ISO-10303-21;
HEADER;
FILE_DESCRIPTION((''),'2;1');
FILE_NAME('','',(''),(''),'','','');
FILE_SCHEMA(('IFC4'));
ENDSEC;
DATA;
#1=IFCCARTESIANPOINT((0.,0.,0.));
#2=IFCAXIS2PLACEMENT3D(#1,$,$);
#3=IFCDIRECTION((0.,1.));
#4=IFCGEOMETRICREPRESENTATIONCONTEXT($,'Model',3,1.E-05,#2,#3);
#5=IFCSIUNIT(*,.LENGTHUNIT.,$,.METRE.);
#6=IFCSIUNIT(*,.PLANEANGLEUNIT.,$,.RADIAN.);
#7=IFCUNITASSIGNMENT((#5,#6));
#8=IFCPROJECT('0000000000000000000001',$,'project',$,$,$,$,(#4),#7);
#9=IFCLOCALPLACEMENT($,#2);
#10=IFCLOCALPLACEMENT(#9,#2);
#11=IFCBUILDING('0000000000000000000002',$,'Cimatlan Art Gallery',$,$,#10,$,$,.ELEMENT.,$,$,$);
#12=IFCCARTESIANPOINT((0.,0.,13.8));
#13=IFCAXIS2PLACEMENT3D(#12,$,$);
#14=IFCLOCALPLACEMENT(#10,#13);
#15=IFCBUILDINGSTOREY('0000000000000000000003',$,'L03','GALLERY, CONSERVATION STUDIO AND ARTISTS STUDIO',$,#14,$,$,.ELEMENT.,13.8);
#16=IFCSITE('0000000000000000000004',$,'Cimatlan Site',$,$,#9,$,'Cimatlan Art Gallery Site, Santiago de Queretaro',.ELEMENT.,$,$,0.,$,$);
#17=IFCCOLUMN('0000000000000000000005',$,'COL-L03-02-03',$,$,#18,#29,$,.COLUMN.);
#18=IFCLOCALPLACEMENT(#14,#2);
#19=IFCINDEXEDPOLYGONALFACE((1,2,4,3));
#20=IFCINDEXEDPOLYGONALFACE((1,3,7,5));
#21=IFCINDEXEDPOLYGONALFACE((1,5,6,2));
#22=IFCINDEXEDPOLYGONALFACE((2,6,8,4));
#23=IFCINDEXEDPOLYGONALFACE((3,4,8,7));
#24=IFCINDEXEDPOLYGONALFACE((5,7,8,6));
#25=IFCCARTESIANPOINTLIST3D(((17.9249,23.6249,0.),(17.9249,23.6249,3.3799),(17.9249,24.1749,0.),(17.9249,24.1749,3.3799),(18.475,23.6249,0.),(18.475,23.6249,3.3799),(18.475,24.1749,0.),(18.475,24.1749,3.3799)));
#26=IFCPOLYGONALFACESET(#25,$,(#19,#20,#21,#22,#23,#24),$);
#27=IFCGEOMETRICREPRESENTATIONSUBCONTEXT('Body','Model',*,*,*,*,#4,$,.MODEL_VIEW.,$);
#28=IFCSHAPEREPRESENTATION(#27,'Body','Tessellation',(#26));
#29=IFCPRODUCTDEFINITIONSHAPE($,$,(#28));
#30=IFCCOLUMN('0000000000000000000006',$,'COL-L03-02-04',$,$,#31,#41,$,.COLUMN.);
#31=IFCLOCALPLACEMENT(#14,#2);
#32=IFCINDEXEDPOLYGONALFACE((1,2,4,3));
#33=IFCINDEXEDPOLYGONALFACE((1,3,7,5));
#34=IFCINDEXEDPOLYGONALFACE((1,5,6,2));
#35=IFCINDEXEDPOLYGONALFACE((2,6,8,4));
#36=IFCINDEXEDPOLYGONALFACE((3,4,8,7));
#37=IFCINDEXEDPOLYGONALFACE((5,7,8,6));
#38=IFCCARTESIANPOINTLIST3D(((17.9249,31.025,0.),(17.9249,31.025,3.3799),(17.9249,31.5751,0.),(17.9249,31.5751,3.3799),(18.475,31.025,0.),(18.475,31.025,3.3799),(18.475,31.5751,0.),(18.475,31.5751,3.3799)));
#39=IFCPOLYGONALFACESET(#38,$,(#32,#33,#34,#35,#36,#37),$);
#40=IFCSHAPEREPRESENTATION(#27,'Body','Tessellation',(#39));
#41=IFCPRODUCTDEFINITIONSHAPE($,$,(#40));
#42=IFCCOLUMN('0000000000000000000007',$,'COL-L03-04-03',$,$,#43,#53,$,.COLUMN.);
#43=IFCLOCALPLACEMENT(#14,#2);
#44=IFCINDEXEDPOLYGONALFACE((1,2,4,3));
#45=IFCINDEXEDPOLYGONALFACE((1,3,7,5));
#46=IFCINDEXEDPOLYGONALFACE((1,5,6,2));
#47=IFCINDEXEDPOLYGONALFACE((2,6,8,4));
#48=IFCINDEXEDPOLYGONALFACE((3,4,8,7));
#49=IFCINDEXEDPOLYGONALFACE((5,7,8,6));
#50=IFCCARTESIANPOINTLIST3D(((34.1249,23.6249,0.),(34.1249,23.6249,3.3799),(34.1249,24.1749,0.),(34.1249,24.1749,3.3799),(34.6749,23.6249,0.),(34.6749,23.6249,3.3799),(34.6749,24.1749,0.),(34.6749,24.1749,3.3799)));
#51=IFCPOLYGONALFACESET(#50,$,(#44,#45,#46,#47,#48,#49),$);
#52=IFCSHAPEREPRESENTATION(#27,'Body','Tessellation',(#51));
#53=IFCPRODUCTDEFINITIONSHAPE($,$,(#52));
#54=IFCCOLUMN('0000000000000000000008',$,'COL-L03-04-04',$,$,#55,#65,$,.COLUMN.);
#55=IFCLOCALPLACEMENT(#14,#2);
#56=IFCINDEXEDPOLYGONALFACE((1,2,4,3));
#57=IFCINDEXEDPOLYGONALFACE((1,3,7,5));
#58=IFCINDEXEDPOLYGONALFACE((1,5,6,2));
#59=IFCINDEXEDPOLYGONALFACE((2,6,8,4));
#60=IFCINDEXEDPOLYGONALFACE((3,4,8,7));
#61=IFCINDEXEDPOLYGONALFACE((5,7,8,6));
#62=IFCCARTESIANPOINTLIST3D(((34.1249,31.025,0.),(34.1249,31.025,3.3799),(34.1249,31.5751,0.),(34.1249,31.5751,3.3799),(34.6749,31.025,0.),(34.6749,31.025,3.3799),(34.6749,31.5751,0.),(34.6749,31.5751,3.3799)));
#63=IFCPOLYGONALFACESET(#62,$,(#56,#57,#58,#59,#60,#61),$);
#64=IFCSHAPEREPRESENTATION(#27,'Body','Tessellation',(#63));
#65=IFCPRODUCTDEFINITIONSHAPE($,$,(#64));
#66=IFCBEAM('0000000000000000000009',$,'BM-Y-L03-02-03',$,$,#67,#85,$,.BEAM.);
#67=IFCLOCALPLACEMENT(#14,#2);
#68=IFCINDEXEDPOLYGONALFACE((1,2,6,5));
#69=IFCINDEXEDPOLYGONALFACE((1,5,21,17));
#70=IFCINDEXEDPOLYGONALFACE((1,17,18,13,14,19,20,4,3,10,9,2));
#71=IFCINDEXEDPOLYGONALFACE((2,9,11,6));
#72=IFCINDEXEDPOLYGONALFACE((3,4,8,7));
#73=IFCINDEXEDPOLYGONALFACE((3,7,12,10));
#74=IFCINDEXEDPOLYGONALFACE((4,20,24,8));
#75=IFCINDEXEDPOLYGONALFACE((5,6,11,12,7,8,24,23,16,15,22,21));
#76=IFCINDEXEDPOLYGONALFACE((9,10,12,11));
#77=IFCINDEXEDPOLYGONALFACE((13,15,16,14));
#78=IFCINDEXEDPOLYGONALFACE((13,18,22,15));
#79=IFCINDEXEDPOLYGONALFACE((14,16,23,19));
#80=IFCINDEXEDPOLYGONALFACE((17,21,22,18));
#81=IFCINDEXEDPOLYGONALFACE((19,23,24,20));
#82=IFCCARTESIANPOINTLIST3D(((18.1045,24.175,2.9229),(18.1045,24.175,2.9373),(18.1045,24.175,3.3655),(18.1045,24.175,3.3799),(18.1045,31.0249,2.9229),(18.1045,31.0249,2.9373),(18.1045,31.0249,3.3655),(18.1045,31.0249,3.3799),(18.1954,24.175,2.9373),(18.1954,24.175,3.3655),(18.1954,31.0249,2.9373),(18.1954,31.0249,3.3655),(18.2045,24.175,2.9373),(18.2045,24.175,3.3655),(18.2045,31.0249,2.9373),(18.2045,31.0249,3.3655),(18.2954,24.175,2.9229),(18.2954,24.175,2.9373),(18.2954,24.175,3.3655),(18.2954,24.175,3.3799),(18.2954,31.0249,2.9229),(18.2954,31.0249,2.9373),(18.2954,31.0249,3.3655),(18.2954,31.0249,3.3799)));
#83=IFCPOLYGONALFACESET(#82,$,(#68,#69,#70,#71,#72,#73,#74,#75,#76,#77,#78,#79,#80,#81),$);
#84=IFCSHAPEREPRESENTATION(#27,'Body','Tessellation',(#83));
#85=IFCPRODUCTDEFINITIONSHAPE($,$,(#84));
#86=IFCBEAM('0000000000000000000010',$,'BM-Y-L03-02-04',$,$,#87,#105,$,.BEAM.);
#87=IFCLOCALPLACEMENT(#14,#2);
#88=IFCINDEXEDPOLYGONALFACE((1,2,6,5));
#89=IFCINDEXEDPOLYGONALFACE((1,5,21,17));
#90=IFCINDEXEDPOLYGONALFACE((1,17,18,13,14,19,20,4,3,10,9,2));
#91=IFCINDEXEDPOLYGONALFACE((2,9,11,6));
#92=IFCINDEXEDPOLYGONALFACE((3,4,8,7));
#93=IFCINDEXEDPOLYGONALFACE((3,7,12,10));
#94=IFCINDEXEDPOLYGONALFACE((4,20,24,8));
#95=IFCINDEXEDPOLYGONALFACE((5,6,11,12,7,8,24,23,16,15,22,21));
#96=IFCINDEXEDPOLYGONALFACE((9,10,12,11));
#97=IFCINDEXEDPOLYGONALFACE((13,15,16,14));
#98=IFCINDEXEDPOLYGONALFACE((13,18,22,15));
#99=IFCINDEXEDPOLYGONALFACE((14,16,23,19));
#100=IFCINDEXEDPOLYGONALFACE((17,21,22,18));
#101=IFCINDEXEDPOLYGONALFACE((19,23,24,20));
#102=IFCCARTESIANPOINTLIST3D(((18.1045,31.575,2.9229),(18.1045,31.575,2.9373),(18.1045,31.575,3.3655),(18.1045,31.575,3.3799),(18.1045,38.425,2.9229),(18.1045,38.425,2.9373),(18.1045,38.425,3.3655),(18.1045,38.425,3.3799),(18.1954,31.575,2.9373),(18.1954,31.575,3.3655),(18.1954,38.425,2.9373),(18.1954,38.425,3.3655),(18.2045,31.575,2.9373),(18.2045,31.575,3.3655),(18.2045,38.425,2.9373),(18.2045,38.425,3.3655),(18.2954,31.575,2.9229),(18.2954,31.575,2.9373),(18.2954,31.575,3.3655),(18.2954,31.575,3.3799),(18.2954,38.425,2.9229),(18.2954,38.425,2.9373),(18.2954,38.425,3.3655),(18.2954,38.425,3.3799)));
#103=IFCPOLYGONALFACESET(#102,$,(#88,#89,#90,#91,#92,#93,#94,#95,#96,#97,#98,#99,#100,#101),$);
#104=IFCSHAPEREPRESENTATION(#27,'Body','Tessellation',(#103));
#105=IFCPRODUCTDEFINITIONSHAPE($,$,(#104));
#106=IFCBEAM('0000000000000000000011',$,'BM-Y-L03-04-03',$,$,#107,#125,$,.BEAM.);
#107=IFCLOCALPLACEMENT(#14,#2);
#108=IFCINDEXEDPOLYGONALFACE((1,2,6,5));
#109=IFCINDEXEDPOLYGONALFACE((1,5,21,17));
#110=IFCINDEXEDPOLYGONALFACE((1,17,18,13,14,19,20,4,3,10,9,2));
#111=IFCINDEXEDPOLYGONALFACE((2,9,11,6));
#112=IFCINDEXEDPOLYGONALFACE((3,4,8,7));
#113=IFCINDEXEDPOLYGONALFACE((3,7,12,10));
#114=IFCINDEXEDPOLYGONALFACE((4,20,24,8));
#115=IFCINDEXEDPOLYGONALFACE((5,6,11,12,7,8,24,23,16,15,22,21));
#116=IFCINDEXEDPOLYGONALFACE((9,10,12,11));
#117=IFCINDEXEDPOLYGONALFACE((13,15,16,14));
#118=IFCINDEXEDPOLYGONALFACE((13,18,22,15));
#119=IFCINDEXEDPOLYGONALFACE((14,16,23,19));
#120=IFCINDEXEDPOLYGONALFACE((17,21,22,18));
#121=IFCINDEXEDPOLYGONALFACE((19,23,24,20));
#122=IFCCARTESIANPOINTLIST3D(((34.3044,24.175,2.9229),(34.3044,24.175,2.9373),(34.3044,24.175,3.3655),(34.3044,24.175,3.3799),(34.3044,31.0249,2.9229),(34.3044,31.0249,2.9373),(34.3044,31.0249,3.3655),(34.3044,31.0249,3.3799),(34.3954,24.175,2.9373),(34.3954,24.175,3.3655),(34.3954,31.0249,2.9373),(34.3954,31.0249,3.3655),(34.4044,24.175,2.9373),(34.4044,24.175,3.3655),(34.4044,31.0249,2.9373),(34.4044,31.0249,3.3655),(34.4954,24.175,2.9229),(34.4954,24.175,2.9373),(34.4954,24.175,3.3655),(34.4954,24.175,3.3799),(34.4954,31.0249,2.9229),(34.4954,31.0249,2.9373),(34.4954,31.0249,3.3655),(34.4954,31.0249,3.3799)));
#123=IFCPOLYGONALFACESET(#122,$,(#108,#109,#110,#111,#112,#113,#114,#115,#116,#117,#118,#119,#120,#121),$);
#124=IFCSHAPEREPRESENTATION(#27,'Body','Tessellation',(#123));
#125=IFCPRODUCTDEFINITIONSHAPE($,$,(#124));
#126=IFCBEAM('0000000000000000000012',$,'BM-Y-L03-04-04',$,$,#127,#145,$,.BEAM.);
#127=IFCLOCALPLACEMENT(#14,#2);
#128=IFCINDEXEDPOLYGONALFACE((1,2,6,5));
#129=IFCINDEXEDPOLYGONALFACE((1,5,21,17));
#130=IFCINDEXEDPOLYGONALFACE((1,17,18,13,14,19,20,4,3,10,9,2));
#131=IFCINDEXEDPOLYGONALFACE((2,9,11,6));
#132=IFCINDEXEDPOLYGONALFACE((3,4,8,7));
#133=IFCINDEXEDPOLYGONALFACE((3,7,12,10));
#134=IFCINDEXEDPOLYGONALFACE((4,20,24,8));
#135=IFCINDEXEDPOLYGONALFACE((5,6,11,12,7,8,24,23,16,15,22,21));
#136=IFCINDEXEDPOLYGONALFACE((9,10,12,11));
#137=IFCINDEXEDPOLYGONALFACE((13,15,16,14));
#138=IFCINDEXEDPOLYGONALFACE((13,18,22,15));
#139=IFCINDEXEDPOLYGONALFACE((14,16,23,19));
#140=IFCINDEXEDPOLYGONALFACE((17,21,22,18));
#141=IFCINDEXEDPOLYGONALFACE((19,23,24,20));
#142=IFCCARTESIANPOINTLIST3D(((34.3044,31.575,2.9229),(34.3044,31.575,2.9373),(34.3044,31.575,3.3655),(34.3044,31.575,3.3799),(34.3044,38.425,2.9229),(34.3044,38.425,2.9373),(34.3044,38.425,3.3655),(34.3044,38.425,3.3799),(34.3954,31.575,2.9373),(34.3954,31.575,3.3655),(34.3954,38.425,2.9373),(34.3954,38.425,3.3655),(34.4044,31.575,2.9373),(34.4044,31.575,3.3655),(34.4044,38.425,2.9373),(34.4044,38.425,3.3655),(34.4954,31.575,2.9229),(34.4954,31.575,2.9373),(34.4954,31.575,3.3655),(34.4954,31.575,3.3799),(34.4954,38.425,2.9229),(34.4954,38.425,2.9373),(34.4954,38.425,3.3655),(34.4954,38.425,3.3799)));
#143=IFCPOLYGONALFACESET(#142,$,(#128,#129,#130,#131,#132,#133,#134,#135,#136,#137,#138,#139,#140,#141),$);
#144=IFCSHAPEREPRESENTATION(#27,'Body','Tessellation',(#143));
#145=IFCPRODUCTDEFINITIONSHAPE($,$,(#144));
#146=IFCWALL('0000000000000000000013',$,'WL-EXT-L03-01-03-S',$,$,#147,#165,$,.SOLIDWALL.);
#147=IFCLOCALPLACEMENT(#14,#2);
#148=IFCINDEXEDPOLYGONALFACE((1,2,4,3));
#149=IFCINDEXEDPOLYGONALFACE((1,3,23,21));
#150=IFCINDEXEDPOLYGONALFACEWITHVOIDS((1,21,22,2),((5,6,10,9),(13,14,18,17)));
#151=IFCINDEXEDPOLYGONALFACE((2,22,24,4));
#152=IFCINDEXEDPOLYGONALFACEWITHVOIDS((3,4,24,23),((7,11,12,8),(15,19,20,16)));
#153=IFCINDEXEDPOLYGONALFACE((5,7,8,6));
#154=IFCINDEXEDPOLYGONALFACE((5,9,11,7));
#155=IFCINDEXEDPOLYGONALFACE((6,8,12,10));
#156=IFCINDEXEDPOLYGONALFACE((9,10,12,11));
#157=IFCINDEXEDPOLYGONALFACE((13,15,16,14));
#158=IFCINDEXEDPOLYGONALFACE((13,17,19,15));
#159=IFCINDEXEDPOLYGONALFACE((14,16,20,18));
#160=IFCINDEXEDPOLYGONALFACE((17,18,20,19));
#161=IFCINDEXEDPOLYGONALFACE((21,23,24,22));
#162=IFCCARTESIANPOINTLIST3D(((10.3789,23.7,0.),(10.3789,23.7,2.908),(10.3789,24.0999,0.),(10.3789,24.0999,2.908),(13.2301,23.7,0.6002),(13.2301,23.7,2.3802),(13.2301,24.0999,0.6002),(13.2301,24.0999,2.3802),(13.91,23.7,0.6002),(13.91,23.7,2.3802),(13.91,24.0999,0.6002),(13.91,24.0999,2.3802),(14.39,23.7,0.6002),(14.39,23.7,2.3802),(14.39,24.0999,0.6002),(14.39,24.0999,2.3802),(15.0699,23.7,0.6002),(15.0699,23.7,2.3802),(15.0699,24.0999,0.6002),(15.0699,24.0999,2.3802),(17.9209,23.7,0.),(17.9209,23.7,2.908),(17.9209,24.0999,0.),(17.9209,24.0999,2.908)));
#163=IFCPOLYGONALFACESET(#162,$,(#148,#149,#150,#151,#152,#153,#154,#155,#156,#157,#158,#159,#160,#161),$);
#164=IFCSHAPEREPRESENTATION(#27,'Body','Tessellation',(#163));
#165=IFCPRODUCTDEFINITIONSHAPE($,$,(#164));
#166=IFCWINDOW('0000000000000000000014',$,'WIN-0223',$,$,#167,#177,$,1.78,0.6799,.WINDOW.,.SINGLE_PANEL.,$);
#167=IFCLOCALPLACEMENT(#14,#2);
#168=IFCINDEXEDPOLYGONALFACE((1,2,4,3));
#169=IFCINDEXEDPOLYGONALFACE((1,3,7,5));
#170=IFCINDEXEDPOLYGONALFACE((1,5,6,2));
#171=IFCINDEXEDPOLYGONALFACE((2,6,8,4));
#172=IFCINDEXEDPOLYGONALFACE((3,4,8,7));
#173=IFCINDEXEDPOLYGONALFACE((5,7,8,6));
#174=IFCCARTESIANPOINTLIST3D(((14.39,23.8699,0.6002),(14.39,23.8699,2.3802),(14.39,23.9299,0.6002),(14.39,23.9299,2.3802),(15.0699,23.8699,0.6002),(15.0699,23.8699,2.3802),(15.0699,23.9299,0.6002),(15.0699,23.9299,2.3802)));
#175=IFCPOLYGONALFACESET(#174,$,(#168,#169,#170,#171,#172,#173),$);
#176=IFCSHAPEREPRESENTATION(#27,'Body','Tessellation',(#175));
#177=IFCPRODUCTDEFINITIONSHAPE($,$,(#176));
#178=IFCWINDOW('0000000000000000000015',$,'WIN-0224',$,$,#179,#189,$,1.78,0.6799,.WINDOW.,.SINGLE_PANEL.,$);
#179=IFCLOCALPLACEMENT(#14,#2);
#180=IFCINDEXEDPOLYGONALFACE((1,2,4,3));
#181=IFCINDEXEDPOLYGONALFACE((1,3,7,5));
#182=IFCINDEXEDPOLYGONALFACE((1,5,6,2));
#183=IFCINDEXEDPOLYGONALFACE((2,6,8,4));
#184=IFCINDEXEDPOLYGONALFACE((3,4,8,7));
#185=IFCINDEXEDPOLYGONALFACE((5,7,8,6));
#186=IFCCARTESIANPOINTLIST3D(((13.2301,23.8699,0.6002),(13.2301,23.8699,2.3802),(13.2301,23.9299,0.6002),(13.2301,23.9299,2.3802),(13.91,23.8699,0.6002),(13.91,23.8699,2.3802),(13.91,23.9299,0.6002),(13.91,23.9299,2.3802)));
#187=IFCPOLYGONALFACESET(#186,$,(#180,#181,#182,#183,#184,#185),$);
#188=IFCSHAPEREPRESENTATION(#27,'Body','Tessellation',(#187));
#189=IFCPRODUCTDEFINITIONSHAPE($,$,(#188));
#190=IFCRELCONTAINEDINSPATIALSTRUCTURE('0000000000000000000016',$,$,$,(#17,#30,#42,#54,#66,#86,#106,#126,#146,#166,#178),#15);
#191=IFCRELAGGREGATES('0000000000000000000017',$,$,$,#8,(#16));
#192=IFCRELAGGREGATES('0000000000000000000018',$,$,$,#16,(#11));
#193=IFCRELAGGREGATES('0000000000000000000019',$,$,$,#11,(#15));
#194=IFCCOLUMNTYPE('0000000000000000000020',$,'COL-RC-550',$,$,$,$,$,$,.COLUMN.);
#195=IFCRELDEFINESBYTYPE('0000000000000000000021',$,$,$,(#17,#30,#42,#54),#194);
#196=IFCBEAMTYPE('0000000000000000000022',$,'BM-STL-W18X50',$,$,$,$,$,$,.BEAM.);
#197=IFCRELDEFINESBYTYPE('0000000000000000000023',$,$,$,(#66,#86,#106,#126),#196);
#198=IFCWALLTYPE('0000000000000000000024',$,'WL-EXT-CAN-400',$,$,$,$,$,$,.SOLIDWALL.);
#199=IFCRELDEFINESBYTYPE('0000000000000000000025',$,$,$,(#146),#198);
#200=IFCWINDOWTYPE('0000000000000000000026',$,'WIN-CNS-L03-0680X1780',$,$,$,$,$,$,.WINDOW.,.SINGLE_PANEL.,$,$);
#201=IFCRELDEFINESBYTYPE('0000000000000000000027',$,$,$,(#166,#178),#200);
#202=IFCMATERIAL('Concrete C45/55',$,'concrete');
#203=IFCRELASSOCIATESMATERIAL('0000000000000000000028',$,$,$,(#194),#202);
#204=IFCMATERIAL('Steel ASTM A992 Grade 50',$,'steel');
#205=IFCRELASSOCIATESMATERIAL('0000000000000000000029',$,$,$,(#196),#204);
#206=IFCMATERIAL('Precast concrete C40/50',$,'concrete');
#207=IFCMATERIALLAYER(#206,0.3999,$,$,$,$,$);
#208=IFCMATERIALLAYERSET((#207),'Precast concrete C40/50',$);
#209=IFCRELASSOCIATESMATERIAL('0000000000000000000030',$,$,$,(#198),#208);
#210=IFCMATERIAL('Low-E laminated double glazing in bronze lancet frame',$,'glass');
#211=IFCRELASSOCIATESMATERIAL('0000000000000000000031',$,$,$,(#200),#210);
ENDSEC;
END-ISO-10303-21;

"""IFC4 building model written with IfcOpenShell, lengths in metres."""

from ifc_helpers import new_model, si_unit, direction, frame, frame_2d, origin, origin_2d, place, context, subcontext, project, spatial, rectangle, i_section, extrude, material, layer, layer_set, material_profile, profile_set, type_object, element, fill, save


model = new_model("IFC4")

# Units and contexts
model_context = context("Model", 3, precision=1e-05, world=origin(), true_north=direction((0.0, 1.0)))
body_context = subcontext(model_context, "Body", "Model", "MODEL_VIEW")
ifc_project = project(units=[si_unit("LENGTHUNIT", "METRE"), si_unit("PLANEANGLEUNIT", "RADIAN")], contexts=[model_context])

# Site, building, storey
site_placement = place(None, origin())
site = spatial("IfcSite", under=ifc_project, at=site_placement, Name="Cimatlan Site", LongName="Cimatlan Art Gallery Site, Santiago de Queretaro", CompositionType="ELEMENT", RefElevation=0.0)
building_placement = place(site_placement, origin())
building = spatial("IfcBuilding", under=site, at=building_placement, Name="Cimatlan Art Gallery", CompositionType="ELEMENT")
storey_placement = place(building_placement, frame((0.0, 0.0, 13.8)))
storey = spatial("IfcBuildingStorey", under=building, at=storey_placement, Name="L03", Description="GALLERY, CONSERVATION STUDIO AND ARTISTS STUDIO", CompositionType="ELEMENT", Elevation=13.8)

# Columns
ifc_material_1 = material(Name="Concrete C45/55", Category="concrete")
ifc_material_profile_1 = material_profile(ifc_material_1, rectangle(XDim=0.55, YDim=0.55, at=origin_2d()), Name="RC550X550")
ifc_profile_set_1 = profile_set([ifc_material_profile_1], Name="Concrete C45/55")
column_type = type_object("IfcColumnType", Name="COL-RC-550", PredefinedType="COLUMN", material=ifc_profile_set_1)
for number, where, z_axis, x_axis, name in (
    (1, (18.2, 23.8999, 0.0), (0.0, 0.0, 1.0), (1.0, 0.0, 0.0), "COL-L03-02-03"),
    (2, (18.2, 31.3, 0.0), (0.0, 0.0, 1.0), (1.0, 0.0, 0.0), "COL-L03-02-04"),
    (3, (34.3999, 23.8999, 0.0), (0.0, 0.0, 1.0), (1.0, 0.0, 0.0), "COL-L03-04-03"),
    (4, (34.3999, 31.3, 0.0), (0.0, 0.0, 1.0), (1.0, 0.0, 0.0), "COL-L03-04-04"),
):
    element("IfcColumn", number, at=place(storey_placement, frame(where, z_axis=z_axis, x_axis=x_axis)), inside=storey, type_object=column_type, Name=name, PredefinedType="COLUMN", context=body_context, shape_type="SweptSolid", body=[
        extrude(rectangle(XDim=0.55, YDim=0.55, at=origin_2d()), origin(), (0.0, 0.0, 1.0), 3.3799),
    ])

# Beams
ifc_material_2 = material(Name="Steel ASTM A992 Grade 50", Category="steel")
ifc_material_profile_2 = material_profile(ifc_material_2, i_section(OverallWidth=0.1909, OverallDepth=0.457, WebThickness=0.009, FlangeThickness=0.0144, at=origin_2d()), Name="W18X50")
ifc_profile_set_2 = profile_set([ifc_material_profile_2], Name="Steel ASTM A992 Grade 50")
beam_type = type_object("IfcBeamType", Name="BM-STL-W18X50", PredefinedType="BEAM", material=ifc_profile_set_2)
beam_1_placement = place(storey_placement, frame((18.2, 24.175, 3.1514), z_axis=(0.0, 1.0, 0.0), x_axis=(-1.0, 0.0, 0.0)))
element("IfcBeam", 5, at=beam_1_placement, inside=storey, type_object=beam_type, Name="BM-Y-L03-02-03", PredefinedType="BEAM", context=body_context, shape_type="SweptSolid", body=[
    extrude(i_section(OverallWidth=0.1909, OverallDepth=0.457, WebThickness=0.009, FlangeThickness=0.0144, at=origin_2d()), origin(), (0.0, 0.0, 1.0), 6.8499),
])
beam_2_placement = place(storey_placement, frame((18.2, 31.575, 3.1514), z_axis=(0.0, 1.0, 0.0), x_axis=(-1.0, 0.0, 0.0)))
element("IfcBeam", 6, at=beam_2_placement, inside=storey, type_object=beam_type, Name="BM-Y-L03-02-04", PredefinedType="BEAM", context=body_context, shape_type="SweptSolid", body=[
    extrude(i_section(OverallWidth=0.1909, OverallDepth=0.457, WebThickness=0.009, FlangeThickness=0.0144, at=origin_2d()), origin(), (0.0, 0.0, 1.0), 6.8501),
])
beam_3_placement = place(storey_placement, frame((34.3999, 24.175, 3.1514), z_axis=(0.0, 1.0, 0.0), x_axis=(-1.0, 0.0, 0.0)))
element("IfcBeam", 7, at=beam_3_placement, inside=storey, type_object=beam_type, Name="BM-Y-L03-04-03", PredefinedType="BEAM", context=body_context, shape_type="SweptSolid", body=[
    extrude(i_section(OverallWidth=0.1909, OverallDepth=0.457, WebThickness=0.009, FlangeThickness=0.0144, at=origin_2d()), origin(), (0.0, 0.0, 1.0), 6.8499),
])
beam_4_placement = place(storey_placement, frame((34.3999, 31.575, 3.1514), z_axis=(0.0, 1.0, 0.0), x_axis=(-1.0, 0.0, 0.0)))
element("IfcBeam", 8, at=beam_4_placement, inside=storey, type_object=beam_type, Name="BM-Y-L03-04-04", PredefinedType="BEAM", context=body_context, shape_type="SweptSolid", body=[
    extrude(i_section(OverallWidth=0.1909, OverallDepth=0.457, WebThickness=0.009, FlangeThickness=0.0144, at=origin_2d()), origin(), (0.0, 0.0, 1.0), 6.8501),
])

# Wall, openings, windows
ifc_material_3 = material(Name="Precast concrete C40/50", Category="concrete")
ifc_layer_1 = layer(ifc_material_3, 0.3999)
ifc_layer_set_1 = layer_set([ifc_layer_1], Name="Precast concrete C40/50")
wall_type = type_object("IfcWallType", Name="WL-EXT-CAN-400", PredefinedType="SOLIDWALL", material=ifc_layer_set_1)
wall_1_placement = place(storey_placement, frame((17.9209, 23.8999, 0.0), z_axis=(0.0, 0.0, 1.0), x_axis=(-1.0, 0.0, 0.0)))
wall_1 = element("IfcWall", 9, at=wall_1_placement, inside=storey, type_object=wall_type, Name="WL-EXT-L03-01-03-S", PredefinedType="SOLIDWALL", context=body_context, shape_type="SweptSolid", body=[
    extrude(rectangle(XDim=7.542, YDim=0.3999, at=frame_2d((3.771, 0.0))), origin(), (0.0, 0.0, 1.0), 2.908),
])
opening_1_placement = place(wall_1_placement, frame((2.8511, 0.0, 0.6001)))
opening_1 = element("IfcOpeningElement", 10, at=opening_1_placement, cuts=wall_1, PredefinedType="OPENING", context=body_context, shape_type="SweptSolid", body=[
    extrude(rectangle(XDim=0.6799, YDim=1.78, at=frame_2d((0.3398, 0.8901))), frame((0.0, 0.21, 0.0), z_axis=(0.0, -1.0, 0.0), x_axis=(1.0, 0.0, 0.0)), (0.0, 0.0, 1.0), 0.4199),
])
opening_2_placement = place(wall_1_placement, frame((4.011, 0.0, 0.6001)))
opening_2 = element("IfcOpeningElement", 11, at=opening_2_placement, cuts=wall_1, PredefinedType="OPENING", context=body_context, shape_type="SweptSolid", body=[
    extrude(rectangle(XDim=0.6799, YDim=1.78, at=frame_2d((0.3398, 0.8901))), frame((0.0, 0.21, 0.0), z_axis=(0.0, -1.0, 0.0), x_axis=(1.0, 0.0, 0.0)), (0.0, 0.0, 1.0), 0.4199),
])
ifc_material_4 = material(Name="Low-E laminated double glazing in bronze lancet frame", Category="glass")
window_type_1 = type_object("IfcWindowType", Name="WIN-CNS-L03-0680X1780", PartitioningType="SINGLE_PANEL", PredefinedType="WINDOW", material=ifc_material_4)
window_1_placement = place(opening_1_placement, origin())
window_1 = element("IfcWindow", 12, at=window_1_placement, inside=storey, type_object=window_type_1, Name="WIN-0223", OverallHeight=1.78, OverallWidth=0.6799, PartitioningType="SINGLE_PANEL", PredefinedType="WINDOW", context=body_context, shape_type="SweptSolid", body=[
    extrude(rectangle(XDim=0.6799, YDim=1.78, at=frame_2d((0.3398, 0.8901))), frame((0.0, 0.03, 0.0), z_axis=(0.0, -1.0, 0.0), x_axis=(1.0, 0.0, 0.0)), (0.0, 0.0, 1.0), 0.0601),
])
fill(opening_1, window_1)
window_2_placement = place(opening_2_placement, origin())
window_2 = element("IfcWindow", 13, at=window_2_placement, inside=storey, type_object=window_type_1, Name="WIN-0224", OverallHeight=1.78, OverallWidth=0.6799, PartitioningType="SINGLE_PANEL", PredefinedType="WINDOW", context=body_context, shape_type="SweptSolid", body=[
    extrude(rectangle(XDim=0.6799, YDim=1.78, at=frame_2d((0.3398, 0.8901))), frame((0.0, 0.03, 0.0), z_axis=(0.0, -1.0, 0.0), x_axis=(1.0, 0.0, 0.0)), (0.0, 0.0, 1.0), 0.0601),
])
fill(opening_2, window_2)

save(model, "model.ifc")
